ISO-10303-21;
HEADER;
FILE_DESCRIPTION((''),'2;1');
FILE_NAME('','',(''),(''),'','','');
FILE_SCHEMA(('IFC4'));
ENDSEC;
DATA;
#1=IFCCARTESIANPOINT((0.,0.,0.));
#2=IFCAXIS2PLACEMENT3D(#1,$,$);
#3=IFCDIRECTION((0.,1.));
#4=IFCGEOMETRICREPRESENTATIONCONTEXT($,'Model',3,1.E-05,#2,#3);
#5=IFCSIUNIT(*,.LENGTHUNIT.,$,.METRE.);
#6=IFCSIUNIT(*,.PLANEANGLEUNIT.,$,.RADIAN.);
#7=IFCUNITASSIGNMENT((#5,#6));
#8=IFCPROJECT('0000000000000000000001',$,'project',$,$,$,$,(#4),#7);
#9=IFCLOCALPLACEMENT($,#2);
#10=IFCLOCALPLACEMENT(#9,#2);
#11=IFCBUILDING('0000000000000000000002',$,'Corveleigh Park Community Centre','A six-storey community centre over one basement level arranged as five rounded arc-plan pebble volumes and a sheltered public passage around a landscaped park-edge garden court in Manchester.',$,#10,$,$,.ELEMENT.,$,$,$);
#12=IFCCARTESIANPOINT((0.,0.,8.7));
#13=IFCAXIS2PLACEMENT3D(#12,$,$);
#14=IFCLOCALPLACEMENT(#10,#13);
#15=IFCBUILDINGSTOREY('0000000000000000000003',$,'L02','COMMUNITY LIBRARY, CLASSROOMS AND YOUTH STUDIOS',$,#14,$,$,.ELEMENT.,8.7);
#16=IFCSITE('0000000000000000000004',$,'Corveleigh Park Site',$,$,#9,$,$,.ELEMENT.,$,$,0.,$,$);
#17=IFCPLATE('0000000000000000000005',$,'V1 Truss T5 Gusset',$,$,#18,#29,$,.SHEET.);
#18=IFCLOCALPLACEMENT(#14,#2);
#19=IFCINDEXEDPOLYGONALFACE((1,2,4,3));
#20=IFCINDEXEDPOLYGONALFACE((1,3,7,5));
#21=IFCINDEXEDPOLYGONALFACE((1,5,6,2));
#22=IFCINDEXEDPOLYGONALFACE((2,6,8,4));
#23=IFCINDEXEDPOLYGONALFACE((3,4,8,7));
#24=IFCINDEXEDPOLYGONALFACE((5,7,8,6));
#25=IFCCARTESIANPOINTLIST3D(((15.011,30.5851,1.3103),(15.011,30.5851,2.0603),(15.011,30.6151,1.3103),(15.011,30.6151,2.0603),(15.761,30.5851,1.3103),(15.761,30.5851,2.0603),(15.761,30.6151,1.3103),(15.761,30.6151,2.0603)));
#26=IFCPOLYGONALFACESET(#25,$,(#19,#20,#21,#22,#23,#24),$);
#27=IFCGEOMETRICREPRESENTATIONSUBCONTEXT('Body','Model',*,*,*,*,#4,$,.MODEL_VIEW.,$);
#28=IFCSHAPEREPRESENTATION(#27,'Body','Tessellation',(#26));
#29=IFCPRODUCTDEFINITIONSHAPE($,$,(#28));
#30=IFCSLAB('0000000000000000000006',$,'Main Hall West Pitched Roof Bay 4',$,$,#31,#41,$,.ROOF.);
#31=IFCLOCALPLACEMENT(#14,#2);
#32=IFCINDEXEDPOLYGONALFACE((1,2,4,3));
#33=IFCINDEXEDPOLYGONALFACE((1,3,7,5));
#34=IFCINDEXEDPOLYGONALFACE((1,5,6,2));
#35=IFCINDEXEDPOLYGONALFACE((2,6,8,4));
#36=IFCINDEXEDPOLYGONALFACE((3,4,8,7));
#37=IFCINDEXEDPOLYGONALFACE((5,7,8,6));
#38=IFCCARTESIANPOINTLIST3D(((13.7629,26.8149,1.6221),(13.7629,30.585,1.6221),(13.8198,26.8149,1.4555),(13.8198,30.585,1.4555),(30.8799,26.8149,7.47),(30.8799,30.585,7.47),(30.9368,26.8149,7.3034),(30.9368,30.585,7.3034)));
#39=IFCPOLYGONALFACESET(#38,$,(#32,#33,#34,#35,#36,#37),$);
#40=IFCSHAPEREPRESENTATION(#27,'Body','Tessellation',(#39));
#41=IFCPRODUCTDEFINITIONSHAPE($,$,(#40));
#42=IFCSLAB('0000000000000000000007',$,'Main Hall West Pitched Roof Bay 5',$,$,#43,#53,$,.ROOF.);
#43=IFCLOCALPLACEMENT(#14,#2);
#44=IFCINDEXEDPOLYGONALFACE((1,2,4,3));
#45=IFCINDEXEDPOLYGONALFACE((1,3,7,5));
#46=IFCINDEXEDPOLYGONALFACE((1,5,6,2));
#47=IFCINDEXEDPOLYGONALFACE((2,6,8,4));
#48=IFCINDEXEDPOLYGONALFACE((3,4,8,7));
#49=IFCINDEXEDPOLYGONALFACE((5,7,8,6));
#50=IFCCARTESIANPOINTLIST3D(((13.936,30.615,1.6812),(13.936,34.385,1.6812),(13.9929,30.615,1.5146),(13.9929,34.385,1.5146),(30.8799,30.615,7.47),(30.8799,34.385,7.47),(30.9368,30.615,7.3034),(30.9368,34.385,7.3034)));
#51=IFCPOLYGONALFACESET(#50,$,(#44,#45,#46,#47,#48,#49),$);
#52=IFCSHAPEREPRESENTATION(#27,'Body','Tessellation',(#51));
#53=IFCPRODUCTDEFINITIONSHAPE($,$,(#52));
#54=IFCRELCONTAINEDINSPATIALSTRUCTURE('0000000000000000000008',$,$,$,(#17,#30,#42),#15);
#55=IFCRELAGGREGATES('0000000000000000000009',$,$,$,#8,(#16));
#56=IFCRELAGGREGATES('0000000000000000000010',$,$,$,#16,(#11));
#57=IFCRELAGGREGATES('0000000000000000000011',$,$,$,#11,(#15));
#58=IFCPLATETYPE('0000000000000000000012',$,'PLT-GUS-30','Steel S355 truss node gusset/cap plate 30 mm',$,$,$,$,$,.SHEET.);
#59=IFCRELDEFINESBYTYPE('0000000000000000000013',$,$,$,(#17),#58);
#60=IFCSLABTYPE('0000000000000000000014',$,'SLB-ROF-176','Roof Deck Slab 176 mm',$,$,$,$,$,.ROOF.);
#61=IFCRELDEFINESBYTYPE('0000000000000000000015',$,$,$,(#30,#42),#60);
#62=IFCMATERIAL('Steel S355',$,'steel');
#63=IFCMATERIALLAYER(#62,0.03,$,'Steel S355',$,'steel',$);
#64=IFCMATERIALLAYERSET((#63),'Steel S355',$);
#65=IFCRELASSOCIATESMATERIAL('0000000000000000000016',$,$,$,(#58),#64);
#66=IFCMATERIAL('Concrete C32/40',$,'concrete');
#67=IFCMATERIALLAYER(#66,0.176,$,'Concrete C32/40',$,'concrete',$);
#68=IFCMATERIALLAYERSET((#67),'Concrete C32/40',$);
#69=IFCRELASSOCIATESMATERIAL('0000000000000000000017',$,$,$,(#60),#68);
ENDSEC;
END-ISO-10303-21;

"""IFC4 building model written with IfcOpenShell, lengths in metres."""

from ifc_helpers import new_model, si_unit, direction, frame, origin, origin_2d, place, context, subcontext, project, spatial, polyline, rectangle, outline, extrude, material, layer, layer_set, type_object, element, save


model = new_model("IFC4")

# Units and contexts
model_context = context("Model", 3, precision=1e-05, world=origin(), true_north=direction((0.0, 1.0)))
body_context = subcontext(model_context, "Body", "Model", "MODEL_VIEW")
ifc_project = project(units=[si_unit("LENGTHUNIT", "METRE"), si_unit("PLANEANGLEUNIT", "RADIAN")], contexts=[model_context])

# Site, building, storey
site_placement = place(None, origin())
site = spatial("IfcSite", under=ifc_project, at=site_placement, Name="Corveleigh Park Site", CompositionType="ELEMENT", RefElevation=0.0)
building_placement = place(site_placement, origin())
building = spatial("IfcBuilding", under=site, at=building_placement, Name="Corveleigh Park Community Centre", Description="A six-storey community centre over one basement level arranged as five rounded arc-plan pebble volumes and a sheltered public passage around a landscaped park-edge garden court in Manchester.", CompositionType="ELEMENT")
storey_placement = place(building_placement, frame((0.0, 0.0, 8.7)))
storey = spatial("IfcBuildingStorey", under=building, at=storey_placement, Name="L02", Description="COMMUNITY LIBRARY, CLASSROOMS AND YOUTH STUDIOS", CompositionType="ELEMENT", Elevation=8.7)

# Shared definitions
ifc_material_1 = material(Name="Steel S355", Category="steel")

# Plate
ifc_layer_1 = layer(ifc_material_1, 0.03, Name="Steel S355", Category="steel")
ifc_layer_set_1 = layer_set([ifc_layer_1], Name="Steel S355")
plate_type_1 = type_object("IfcPlateType", Name="PLT-GUS-30", Description="Steel S355 truss node gusset/cap plate 30 mm", PredefinedType="SHEET", material=ifc_layer_set_1)
plate_1_placement = place(storey_placement, frame((15.386, 30.6001, 1.3103), z_axis=(0.0, 0.0, 1.0), x_axis=(1.0, 0.0, 0.0)))
element("IfcPlate", 1, at=plate_1_placement, inside=storey, type_object=plate_type_1, Name="V1 Truss T5 Gusset", PredefinedType="SHEET", context=body_context, shape_type="SweptSolid", body=[
    extrude(rectangle(XDim=0.75, YDim=0.03, at=origin_2d()), origin(), (0.0, 0.0, 1.0), 0.75),
])

# Slabs
ifc_material_2 = material(Name="Concrete C32/40", Category="concrete")
ifc_layer_2 = layer(ifc_material_2, 0.176, Name="Concrete C32/40", Category="concrete")
ifc_layer_set_2 = layer_set([ifc_layer_2], Name="Concrete C32/40")
slab_type = type_object("IfcSlabType", Name="SLB-ROF-176", Description="Roof Deck Slab 176 mm", PredefinedType="ROOF", material=ifc_layer_set_2)
slab_1_placement = place(storey_placement, frame((13.7629, 26.8149, 1.6221), z_axis=(-0.323297, 0.0, 0.946298), x_axis=(0.946298, 0.0, 0.323297)))
element("IfcSlab", 2, at=slab_1_placement, inside=storey, type_object=slab_type, Name="Main Hall West Pitched Roof Bay 4", PredefinedType="ROOF", context=body_context, shape_type="SweptSolid", body=[
    extrude(outline(polyline([(0.0, 0.0), (18.0883, 0.0), (18.0883, 3.77), (0.0, 3.77), (0.0, 0.0)])), origin(), (0.0, 0.0, -1.0), 0.176),
])
slab_2_placement = place(storey_placement, frame((13.936, 30.615, 1.6812), z_axis=(-0.3233, 0.0, 0.946297), x_axis=(0.946297, 0.0, 0.3233)))
element("IfcSlab", 3, at=slab_2_placement, inside=storey, type_object=slab_type, Name="Main Hall West Pitched Roof Bay 5", PredefinedType="ROOF", context=body_context, shape_type="SweptSolid", body=[
    extrude(outline(polyline([(0.0, 0.0), (17.9054, 0.0), (17.9054, 3.77), (0.0, 3.77), (0.0, 0.0)])), origin(), (0.0, 0.0, -1.0), 0.176),
])

save(model, "model.ifc")
